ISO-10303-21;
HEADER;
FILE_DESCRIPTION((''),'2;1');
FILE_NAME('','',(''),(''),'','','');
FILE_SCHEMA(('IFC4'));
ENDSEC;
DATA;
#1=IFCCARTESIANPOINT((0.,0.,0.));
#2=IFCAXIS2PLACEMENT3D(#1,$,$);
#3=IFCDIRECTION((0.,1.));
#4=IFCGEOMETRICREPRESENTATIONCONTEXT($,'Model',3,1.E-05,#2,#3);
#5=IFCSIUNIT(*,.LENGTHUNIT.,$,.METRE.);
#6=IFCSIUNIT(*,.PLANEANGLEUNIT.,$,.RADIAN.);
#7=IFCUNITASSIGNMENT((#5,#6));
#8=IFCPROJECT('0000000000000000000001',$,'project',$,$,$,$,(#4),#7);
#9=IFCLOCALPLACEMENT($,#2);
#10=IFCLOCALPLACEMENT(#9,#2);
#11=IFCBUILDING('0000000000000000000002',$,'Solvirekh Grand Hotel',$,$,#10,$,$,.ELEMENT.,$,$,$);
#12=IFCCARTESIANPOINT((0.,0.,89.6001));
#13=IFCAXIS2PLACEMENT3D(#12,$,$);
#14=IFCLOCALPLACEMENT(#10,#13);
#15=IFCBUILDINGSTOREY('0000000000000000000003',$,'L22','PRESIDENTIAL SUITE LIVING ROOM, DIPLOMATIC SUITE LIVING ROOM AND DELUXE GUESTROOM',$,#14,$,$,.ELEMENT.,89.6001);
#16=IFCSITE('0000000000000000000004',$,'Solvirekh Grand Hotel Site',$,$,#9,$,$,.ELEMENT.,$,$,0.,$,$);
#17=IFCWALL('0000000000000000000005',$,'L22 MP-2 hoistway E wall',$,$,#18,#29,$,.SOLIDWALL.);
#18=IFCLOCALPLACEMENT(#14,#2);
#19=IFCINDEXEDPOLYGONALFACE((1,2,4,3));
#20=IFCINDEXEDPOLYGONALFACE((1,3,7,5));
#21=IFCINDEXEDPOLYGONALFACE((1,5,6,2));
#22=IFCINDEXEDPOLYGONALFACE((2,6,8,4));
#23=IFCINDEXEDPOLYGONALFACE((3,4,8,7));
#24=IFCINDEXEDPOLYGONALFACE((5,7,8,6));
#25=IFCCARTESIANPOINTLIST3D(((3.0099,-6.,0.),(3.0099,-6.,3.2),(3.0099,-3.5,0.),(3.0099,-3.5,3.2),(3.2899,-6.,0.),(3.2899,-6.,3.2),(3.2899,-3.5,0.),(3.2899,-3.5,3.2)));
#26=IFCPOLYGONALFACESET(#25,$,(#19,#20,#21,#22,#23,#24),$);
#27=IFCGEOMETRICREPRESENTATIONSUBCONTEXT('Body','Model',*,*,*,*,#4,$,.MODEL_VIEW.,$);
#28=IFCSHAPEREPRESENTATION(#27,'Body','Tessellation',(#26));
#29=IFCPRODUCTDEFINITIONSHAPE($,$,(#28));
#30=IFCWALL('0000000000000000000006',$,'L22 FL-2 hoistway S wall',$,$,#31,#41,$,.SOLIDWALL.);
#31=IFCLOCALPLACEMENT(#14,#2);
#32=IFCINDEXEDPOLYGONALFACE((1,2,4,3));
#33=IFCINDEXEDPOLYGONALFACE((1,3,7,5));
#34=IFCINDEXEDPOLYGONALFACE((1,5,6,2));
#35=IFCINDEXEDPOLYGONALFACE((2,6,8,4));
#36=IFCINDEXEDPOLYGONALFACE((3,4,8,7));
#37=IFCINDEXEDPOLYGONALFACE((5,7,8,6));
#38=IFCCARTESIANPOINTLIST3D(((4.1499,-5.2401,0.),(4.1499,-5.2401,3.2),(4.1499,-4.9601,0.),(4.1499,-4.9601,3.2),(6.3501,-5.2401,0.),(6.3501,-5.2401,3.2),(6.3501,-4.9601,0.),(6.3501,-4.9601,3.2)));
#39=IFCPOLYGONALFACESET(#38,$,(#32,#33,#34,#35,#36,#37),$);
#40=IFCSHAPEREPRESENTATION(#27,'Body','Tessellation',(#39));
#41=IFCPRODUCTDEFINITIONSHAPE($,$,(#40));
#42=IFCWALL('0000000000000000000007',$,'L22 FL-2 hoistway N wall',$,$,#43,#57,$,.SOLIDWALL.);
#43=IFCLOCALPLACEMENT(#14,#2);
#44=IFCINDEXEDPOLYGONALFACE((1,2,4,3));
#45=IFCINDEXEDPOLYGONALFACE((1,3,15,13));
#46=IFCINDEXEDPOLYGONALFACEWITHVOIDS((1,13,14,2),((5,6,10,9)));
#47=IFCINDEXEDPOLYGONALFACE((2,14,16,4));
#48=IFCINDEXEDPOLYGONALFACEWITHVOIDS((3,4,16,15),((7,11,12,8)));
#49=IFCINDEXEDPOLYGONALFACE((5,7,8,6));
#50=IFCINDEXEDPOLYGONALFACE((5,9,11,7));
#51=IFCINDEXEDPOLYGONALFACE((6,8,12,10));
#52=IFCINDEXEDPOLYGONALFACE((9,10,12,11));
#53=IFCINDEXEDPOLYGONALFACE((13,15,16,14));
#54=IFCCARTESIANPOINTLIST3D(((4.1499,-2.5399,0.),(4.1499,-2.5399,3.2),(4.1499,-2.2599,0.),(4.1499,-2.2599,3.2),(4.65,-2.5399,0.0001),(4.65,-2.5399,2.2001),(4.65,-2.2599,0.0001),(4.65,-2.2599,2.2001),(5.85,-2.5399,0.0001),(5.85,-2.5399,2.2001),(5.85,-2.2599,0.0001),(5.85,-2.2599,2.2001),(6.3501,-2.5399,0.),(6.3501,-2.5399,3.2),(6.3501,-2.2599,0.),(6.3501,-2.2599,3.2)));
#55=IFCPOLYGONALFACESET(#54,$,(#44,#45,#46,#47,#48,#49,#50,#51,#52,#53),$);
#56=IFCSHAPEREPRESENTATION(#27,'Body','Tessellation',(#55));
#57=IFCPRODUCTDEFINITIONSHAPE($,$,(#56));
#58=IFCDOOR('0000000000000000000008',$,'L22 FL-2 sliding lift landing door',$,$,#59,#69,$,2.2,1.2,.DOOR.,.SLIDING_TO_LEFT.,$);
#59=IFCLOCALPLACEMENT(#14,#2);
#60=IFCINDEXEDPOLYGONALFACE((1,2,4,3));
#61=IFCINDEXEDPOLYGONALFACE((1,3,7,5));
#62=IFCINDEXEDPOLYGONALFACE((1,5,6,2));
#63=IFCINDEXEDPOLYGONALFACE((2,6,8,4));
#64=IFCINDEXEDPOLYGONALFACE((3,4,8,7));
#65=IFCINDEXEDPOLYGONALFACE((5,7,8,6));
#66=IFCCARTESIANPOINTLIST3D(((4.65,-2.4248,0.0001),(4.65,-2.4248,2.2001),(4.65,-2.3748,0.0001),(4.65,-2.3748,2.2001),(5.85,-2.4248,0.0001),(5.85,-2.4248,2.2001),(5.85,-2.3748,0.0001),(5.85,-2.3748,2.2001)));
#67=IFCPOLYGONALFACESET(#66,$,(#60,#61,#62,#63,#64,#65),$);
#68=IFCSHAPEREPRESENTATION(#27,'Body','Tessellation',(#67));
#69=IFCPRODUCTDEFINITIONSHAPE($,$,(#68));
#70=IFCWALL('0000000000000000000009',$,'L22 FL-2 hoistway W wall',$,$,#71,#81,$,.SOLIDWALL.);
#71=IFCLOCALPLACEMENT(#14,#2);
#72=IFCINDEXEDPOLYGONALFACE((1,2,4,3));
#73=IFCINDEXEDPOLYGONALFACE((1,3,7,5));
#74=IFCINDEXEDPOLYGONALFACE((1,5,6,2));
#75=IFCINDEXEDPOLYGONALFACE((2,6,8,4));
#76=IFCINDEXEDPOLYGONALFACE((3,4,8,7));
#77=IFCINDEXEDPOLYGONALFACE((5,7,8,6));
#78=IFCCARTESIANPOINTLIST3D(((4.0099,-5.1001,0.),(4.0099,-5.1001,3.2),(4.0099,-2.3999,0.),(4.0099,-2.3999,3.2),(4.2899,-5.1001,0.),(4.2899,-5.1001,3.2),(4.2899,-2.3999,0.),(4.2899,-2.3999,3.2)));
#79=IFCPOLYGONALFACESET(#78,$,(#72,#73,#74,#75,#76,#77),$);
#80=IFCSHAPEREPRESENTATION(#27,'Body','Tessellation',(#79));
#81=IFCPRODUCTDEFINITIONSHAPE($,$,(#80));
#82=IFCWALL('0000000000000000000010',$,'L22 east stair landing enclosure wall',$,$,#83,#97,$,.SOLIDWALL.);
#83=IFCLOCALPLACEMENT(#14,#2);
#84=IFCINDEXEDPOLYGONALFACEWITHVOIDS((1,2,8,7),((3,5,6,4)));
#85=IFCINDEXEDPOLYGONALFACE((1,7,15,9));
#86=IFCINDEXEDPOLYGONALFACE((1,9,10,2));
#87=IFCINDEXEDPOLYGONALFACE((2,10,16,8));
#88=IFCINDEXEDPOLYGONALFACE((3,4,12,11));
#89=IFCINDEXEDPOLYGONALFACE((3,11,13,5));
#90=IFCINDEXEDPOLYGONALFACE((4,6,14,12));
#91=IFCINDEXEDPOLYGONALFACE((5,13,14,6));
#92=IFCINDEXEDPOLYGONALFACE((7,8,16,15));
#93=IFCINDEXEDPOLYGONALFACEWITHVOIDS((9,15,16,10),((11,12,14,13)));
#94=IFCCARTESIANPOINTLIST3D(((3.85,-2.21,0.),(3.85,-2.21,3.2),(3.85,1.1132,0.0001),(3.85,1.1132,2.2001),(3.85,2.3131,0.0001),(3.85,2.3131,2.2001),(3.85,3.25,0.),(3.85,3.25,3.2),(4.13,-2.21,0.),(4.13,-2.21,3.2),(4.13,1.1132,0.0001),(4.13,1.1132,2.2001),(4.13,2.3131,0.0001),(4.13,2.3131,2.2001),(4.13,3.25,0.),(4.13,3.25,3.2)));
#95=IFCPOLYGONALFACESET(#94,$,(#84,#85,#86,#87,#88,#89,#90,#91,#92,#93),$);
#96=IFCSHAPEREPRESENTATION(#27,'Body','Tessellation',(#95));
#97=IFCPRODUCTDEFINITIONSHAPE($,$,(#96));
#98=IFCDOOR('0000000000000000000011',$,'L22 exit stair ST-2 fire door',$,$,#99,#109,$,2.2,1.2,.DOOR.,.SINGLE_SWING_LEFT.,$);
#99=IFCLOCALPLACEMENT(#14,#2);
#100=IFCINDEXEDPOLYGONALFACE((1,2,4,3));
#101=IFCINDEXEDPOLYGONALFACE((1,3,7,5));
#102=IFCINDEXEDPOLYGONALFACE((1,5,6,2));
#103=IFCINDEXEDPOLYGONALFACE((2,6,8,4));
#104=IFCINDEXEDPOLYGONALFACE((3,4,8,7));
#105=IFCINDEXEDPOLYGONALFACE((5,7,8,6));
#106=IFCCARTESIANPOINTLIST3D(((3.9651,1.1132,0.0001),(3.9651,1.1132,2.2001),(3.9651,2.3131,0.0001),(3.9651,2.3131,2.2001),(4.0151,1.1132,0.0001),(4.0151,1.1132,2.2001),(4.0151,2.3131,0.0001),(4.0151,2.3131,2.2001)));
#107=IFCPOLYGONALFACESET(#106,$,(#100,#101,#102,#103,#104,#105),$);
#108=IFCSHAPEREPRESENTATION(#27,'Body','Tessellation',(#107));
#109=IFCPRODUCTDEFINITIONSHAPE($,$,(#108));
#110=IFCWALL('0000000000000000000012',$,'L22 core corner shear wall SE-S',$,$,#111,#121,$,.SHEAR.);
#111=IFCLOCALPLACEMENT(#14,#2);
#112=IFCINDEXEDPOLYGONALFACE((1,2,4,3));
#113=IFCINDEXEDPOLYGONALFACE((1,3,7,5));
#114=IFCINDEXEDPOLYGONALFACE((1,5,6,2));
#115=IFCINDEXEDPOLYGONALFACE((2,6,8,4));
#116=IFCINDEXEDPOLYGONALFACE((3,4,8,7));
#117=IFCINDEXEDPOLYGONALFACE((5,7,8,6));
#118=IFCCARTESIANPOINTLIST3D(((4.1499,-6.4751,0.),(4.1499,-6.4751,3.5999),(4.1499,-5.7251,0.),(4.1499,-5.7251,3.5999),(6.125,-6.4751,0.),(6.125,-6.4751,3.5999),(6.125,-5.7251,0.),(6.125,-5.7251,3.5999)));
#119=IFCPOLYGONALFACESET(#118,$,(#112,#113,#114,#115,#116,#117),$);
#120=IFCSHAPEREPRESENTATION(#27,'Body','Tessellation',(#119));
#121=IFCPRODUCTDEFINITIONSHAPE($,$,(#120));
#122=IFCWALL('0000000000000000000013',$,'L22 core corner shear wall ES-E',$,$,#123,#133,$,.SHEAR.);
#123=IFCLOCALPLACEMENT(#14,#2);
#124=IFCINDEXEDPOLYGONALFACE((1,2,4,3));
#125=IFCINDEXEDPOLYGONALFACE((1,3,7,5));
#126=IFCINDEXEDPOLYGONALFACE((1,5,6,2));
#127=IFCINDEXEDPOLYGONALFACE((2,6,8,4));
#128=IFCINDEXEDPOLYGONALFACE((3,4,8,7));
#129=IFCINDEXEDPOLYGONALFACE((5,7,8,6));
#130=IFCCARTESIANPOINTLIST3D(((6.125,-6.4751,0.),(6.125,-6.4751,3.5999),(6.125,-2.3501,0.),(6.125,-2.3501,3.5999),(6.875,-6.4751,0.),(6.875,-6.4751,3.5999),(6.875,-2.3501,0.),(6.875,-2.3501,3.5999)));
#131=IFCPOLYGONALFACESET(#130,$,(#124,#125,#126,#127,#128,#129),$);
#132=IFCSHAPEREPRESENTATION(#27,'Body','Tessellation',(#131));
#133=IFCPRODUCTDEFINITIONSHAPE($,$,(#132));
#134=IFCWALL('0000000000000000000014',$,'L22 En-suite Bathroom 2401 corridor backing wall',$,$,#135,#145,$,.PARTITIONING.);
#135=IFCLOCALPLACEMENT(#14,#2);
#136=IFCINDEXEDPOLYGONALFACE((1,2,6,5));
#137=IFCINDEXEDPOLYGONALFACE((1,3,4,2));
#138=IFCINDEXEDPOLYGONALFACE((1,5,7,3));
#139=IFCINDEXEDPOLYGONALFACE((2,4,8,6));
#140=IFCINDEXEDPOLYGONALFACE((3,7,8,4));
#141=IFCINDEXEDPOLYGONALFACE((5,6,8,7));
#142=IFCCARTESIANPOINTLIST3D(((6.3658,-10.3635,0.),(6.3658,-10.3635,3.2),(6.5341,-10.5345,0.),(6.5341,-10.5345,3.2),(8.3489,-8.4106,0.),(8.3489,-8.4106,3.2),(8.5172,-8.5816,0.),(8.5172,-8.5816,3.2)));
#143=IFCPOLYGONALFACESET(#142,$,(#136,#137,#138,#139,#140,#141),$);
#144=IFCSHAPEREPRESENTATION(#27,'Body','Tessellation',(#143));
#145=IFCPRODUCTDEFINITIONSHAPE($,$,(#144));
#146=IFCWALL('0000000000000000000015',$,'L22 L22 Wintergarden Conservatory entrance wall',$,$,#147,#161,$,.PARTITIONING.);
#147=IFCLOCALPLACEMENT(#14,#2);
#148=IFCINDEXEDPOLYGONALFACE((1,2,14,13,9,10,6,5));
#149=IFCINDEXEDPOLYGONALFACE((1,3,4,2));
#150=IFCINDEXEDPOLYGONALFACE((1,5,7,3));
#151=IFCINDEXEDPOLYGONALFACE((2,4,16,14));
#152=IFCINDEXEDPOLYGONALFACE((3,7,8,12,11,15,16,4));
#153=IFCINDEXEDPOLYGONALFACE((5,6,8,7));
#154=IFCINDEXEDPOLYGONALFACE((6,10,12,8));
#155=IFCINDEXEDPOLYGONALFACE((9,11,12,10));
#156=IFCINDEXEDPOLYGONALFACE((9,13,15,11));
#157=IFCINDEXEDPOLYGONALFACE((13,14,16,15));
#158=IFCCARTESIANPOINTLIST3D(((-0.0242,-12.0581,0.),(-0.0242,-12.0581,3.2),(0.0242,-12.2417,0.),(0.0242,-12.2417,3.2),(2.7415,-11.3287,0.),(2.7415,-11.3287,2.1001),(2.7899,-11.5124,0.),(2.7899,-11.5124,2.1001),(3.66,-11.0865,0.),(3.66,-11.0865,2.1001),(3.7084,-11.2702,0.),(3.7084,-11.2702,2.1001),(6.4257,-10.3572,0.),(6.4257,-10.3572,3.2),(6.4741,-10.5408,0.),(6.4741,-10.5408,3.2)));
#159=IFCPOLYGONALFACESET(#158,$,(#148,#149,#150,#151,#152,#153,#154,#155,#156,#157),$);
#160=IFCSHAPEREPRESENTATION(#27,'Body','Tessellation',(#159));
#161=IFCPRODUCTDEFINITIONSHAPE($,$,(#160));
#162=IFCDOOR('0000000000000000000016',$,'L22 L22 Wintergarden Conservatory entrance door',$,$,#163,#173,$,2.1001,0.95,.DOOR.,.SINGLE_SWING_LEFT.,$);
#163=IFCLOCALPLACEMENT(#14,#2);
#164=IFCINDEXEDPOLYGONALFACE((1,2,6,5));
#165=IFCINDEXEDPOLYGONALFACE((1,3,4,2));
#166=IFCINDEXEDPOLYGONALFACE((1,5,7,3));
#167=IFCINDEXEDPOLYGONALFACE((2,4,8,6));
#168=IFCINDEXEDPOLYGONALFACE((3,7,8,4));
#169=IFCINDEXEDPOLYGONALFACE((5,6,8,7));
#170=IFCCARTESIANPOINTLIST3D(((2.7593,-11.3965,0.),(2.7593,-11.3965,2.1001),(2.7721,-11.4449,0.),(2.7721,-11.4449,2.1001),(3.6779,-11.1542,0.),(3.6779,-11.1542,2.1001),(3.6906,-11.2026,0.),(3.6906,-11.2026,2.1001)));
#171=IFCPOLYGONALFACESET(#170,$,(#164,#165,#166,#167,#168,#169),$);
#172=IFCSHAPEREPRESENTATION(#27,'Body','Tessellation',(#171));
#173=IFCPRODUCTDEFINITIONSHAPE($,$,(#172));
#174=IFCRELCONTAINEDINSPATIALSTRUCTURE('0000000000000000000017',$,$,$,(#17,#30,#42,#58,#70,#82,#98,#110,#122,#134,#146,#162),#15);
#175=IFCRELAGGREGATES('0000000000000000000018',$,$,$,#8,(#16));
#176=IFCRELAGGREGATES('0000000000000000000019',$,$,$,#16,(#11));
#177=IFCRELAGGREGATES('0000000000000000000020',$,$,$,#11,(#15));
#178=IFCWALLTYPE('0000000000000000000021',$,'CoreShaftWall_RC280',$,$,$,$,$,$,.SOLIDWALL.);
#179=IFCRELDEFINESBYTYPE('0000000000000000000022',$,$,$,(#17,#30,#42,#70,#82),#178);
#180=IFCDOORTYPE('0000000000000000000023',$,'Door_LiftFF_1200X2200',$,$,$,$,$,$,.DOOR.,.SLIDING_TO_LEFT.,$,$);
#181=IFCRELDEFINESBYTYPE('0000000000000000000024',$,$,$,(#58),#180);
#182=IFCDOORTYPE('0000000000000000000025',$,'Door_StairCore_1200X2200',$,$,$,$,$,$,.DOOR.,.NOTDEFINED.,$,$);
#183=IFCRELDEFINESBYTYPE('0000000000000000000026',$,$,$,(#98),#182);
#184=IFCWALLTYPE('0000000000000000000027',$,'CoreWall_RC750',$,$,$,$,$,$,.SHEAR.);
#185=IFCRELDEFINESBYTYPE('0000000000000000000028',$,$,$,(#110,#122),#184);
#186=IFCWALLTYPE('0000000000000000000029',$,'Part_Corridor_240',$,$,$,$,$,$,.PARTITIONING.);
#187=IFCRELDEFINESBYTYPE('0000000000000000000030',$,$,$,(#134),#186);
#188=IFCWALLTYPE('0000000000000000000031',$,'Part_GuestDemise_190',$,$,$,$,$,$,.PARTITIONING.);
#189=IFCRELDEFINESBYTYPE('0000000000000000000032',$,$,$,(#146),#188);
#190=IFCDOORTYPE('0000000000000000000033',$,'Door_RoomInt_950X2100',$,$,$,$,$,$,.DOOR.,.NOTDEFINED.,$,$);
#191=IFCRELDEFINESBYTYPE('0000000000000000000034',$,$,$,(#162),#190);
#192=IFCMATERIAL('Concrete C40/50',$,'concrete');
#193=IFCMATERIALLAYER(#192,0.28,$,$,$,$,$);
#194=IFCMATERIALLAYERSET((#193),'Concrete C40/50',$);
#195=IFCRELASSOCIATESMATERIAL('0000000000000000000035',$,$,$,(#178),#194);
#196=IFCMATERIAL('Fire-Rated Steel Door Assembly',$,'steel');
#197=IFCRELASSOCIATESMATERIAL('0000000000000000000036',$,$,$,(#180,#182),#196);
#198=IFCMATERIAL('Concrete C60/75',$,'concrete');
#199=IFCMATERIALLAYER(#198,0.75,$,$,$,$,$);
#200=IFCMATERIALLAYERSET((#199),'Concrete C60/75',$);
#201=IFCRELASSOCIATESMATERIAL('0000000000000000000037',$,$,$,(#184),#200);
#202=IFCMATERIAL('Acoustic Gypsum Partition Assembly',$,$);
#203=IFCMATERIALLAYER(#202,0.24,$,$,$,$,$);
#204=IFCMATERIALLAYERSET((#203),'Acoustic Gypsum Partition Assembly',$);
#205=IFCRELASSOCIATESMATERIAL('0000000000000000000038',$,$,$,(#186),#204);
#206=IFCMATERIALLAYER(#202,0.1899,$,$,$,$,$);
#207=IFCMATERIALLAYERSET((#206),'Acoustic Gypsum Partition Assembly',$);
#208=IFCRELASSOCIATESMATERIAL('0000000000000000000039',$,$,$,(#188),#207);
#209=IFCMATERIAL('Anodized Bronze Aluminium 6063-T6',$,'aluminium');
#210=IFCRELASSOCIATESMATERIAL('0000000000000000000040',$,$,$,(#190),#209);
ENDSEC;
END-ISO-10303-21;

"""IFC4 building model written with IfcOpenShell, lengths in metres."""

from ifc_helpers import new_model, si_unit, direction, frame, frame_2d, origin, place, context, subcontext, project, spatial, rectangle, extrude, material, layer, layer_set, type_object, element, fill, save


model = new_model("IFC4")

# Units and contexts
model_context = context("Model", 3, precision=1e-05, world=origin(), true_north=direction((0.0, 1.0)))
body_context = subcontext(model_context, "Body", "Model", "MODEL_VIEW")
ifc_project = project(units=[si_unit("LENGTHUNIT", "METRE"), si_unit("PLANEANGLEUNIT", "RADIAN")], contexts=[model_context])

# Site, building, storey
site_placement = place(None, origin())
site = spatial("IfcSite", under=ifc_project, at=site_placement, Name="Solvirekh Grand Hotel Site", CompositionType="ELEMENT", RefElevation=0.0)
building_placement = place(site_placement, origin())
building = spatial("IfcBuilding", under=site, at=building_placement, Name="Solvirekh Grand Hotel", CompositionType="ELEMENT")
storey_placement = place(building_placement, frame((0.0, 0.0, 89.6001)))
storey = spatial("IfcBuildingStorey", under=building, at=storey_placement, Name="L22", Description="PRESIDENTIAL SUITE LIVING ROOM, DIPLOMATIC SUITE LIVING ROOM AND DELUXE GUESTROOM", CompositionType="ELEMENT", Elevation=89.6001)

# Shared definitions
ifc_material_1 = material(Name="Concrete C60/75", Category="concrete")

# Walls
ifc_material_2 = material(Name="Concrete C40/50", Category="concrete")
ifc_layer_1 = layer(ifc_material_2, 0.28)
ifc_layer_set_1 = layer_set([ifc_layer_1], Name="Concrete C40/50")
wall_type_1 = type_object("IfcWallType", Name="CoreShaftWall_RC280", PredefinedType="SOLIDWALL", material=ifc_layer_set_1)
wall_1_placement = place(storey_placement, frame((3.1499, -6.0, 0.0), z_axis=(0.0, 0.0, 1.0), x_axis=(0.0, 1.0, 0.0)))
element("IfcWall", 1, at=wall_1_placement, inside=storey, type_object=wall_type_1, Name="L22 MP-2 hoistway E wall", PredefinedType="SOLIDWALL", context=body_context, shape_type="SweptSolid", body=[
    extrude(rectangle(XDim=2.5, YDim=0.28, at=frame_2d((1.25, 0.0))), origin(), (0.0, 0.0, 1.0), 3.2),
])
wall_2_placement = place(storey_placement, frame((4.1499, -5.1001, 0.0), z_axis=(0.0, 0.0, 1.0), x_axis=(1.0, 0.0, 0.0)))
element("IfcWall", 2, at=wall_2_placement, inside=storey, type_object=wall_type_1, Name="L22 FL-2 hoistway S wall", PredefinedType="SOLIDWALL", context=body_context, shape_type="SweptSolid", body=[
    extrude(rectangle(XDim=2.2002, YDim=0.28, at=frame_2d((1.1001, 0.0))), origin(), (0.0, 0.0, 1.0), 3.2),
])

# Wall, opening, door
wall_3_placement = place(storey_placement, frame((6.3501, -2.3999, 0.0), z_axis=(0.0, 0.0, 1.0), x_axis=(-1.0, 0.0, 0.0)))
wall_3 = element("IfcWall", 3, at=wall_3_placement, inside=storey, type_object=wall_type_1, Name="L22 FL-2 hoistway N wall", PredefinedType="SOLIDWALL", context=body_context, shape_type="SweptSolid", body=[
    extrude(rectangle(XDim=2.2002, YDim=0.28, at=frame_2d((1.1001, 0.0))), origin(), (0.0, 0.0, 1.0), 3.2),
])
opening_1_placement = place(wall_3_placement, frame((0.5, 0.0, 0.0)))
opening_1 = element("IfcOpeningElement", 4, at=opening_1_placement, cuts=wall_3, PredefinedType="OPENING", context=body_context, shape_type="SweptSolid", body=[
    extrude(rectangle(XDim=1.2, YDim=2.2, at=frame_2d((0.6001, 1.1001))), frame((0.0, 0.1499, 0.0), z_axis=(0.0, -1.0, 0.0), x_axis=(1.0, 0.0, 0.0)), (0.0, 0.0, 1.0), 0.3),
])
ifc_material_3 = material(Name="Fire-Rated Steel Door Assembly", Category="steel")
door_type_1 = type_object("IfcDoorType", Name="Door_LiftFF_1200X2200", OperationType="SLIDING_TO_LEFT", PredefinedType="DOOR", material=ifc_material_3)
door_1_placement = place(opening_1_placement, origin())
door_1 = element("IfcDoor", 5, at=door_1_placement, inside=storey, type_object=door_type_1, Name="L22 FL-2 sliding lift landing door", OperationType="SLIDING_TO_LEFT", OverallHeight=2.2, OverallWidth=1.2, PredefinedType="DOOR", context=body_context, shape_type="SweptSolid", body=[
    extrude(rectangle(XDim=1.2, YDim=2.2, at=frame_2d((0.6001, 1.1001))), frame((0.0, 0.0249, 0.0), z_axis=(0.0, -1.0, 0.0), x_axis=(1.0, 0.0, 0.0)), (0.0, 0.0, 1.0), 0.05),
])
fill(opening_1, door_1)

# Wall
wall_4_placement = place(storey_placement, frame((4.1499, -2.3999, 0.0), z_axis=(0.0, 0.0, 1.0), x_axis=(0.0, -1.0, 0.0)))
element("IfcWall", 6, at=wall_4_placement, inside=storey, type_object=wall_type_1, Name="L22 FL-2 hoistway W wall", PredefinedType="SOLIDWALL", context=body_context, shape_type="SweptSolid", body=[
    extrude(rectangle(XDim=2.7002, YDim=0.28, at=frame_2d((1.3501, 0.0))), origin(), (0.0, 0.0, 1.0), 3.2),
])

# Wall, opening, door
wall_5_placement = place(storey_placement, frame((3.99, -2.21, 0.0), z_axis=(0.0, 0.0, 1.0), x_axis=(0.0, 1.0, 0.0)))
wall_5 = element("IfcWall", 7, at=wall_5_placement, inside=storey, type_object=wall_type_1, Name="L22 east stair landing enclosure wall", PredefinedType="SOLIDWALL", context=body_context, shape_type="SweptSolid", body=[
    extrude(rectangle(XDim=5.46, YDim=0.28, at=frame_2d((2.73, 0.0))), origin(), (0.0, 0.0, 1.0), 3.2),
])
opening_2_placement = place(wall_5_placement, frame((3.323, 0.0, 0.0)))
opening_2 = element("IfcOpeningElement", 8, at=opening_2_placement, cuts=wall_5, PredefinedType="OPENING", context=body_context, shape_type="SweptSolid", body=[
    extrude(rectangle(XDim=1.2, YDim=2.2, at=frame_2d((0.6001, 1.1001))), frame((0.0, 0.1499, 0.0), z_axis=(0.0, -1.0, 0.0), x_axis=(1.0, 0.0, 0.0)), (0.0, 0.0, 1.0), 0.3),
])
door_type_2 = type_object("IfcDoorType", Name="Door_StairCore_1200X2200", OperationType="NOTDEFINED", PredefinedType="DOOR", material=ifc_material_3)
door_2_placement = place(opening_2_placement, origin())
door_2 = element("IfcDoor", 9, at=door_2_placement, inside=storey, type_object=door_type_2, Name="L22 exit stair ST-2 fire door", OperationType="SINGLE_SWING_LEFT", OverallHeight=2.2, OverallWidth=1.2, PredefinedType="DOOR", context=body_context, shape_type="SweptSolid", body=[
    extrude(rectangle(XDim=1.2, YDim=2.2, at=frame_2d((0.6001, 1.1001))), frame((0.0, 0.0249, 0.0), z_axis=(0.0, -1.0, 0.0), x_axis=(1.0, 0.0, 0.0)), (0.0, 0.0, 1.0), 0.05),
])
fill(opening_2, door_2)

# Walls
ifc_layer_2 = layer(ifc_material_1, 0.75)
ifc_layer_set_2 = layer_set([ifc_layer_2], Name="Concrete C60/75")
wall_type_2 = type_object("IfcWallType", Name="CoreWall_RC750", PredefinedType="SHEAR", material=ifc_layer_set_2)
wall_6_placement = place(storey_placement, frame((4.1499, -6.1001, 0.0), z_axis=(0.0, 0.0, 1.0), x_axis=(1.0, 0.0, 0.0)))
element("IfcWall", 10, at=wall_6_placement, inside=storey, type_object=wall_type_2, Name="L22 core corner shear wall SE-S", PredefinedType="SHEAR", context=body_context, shape_type="SweptSolid", body=[
    extrude(rectangle(XDim=1.9751, YDim=0.75, at=frame_2d((0.9875, 0.0))), origin(), (0.0, 0.0, 1.0), 3.5999),
])
wall_7_placement = place(storey_placement, frame((6.5, -6.4751, 0.0), z_axis=(0.0, 0.0, 1.0), x_axis=(0.0, 1.0, 0.0)))
element("IfcWall", 11, at=wall_7_placement, inside=storey, type_object=wall_type_2, Name="L22 core corner shear wall ES-E", PredefinedType="SHEAR", context=body_context, shape_type="SweptSolid", body=[
    extrude(rectangle(XDim=4.125, YDim=0.75, at=frame_2d((2.0625, 0.0))), origin(), (0.0, 0.0, 1.0), 3.5999),
])
ifc_material_4 = material(Name="Acoustic Gypsum Partition Assembly")
ifc_layer_3 = layer(ifc_material_4, 0.24)
ifc_layer_set_3 = layer_set([ifc_layer_3], Name="Acoustic Gypsum Partition Assembly")
wall_type_3 = type_object("IfcWallType", Name="Part_Corridor_240", PredefinedType="PARTITIONING", material=ifc_layer_set_3)
wall_8_placement = place(storey_placement, frame((6.45, -10.449, 0.0), z_axis=(0.0, 0.0, 1.0), x_axis=(0.712524, 0.701647, 0.0)))
element("IfcWall", 12, at=wall_8_placement, inside=storey, type_object=wall_type_3, Name="L22 En-suite Bathroom 2401 corridor backing wall", PredefinedType="PARTITIONING", context=body_context, shape_type="SweptSolid", body=[
    extrude(rectangle(XDim=2.7832, YDim=0.24, at=frame_2d((1.3916, 0.0))), origin(), (0.0, 0.0, 1.0), 3.2),
])

# Wall, opening, door
ifc_layer_4 = layer(ifc_material_4, 0.1899)
ifc_layer_set_4 = layer_set([ifc_layer_4], Name="Acoustic Gypsum Partition Assembly")
wall_type_4 = type_object("IfcWallType", Name="Part_GuestDemise_190", PredefinedType="PARTITIONING", material=ifc_layer_set_4)
wall_9_placement = place(storey_placement, frame((0.0, -12.1499, 0.0), z_axis=(0.0, 0.0, 1.0), x_axis=(0.966943, 0.254994, 0.0)))
wall_9 = element("IfcWall", 13, at=wall_9_placement, inside=storey, type_object=wall_type_4, Name="L22 L22 Wintergarden Conservatory entrance wall", PredefinedType="PARTITIONING", context=body_context, shape_type="SweptSolid", body=[
    extrude(rectangle(XDim=6.6704, YDim=0.1899, at=frame_2d((3.3352, 0.0))), origin(), (0.0, 0.0, 1.0), 3.2),
])
opening_3_placement = place(wall_9_placement, frame((2.8601, 0.0, 0.0)))
opening_3 = element("IfcOpeningElement", 14, at=opening_3_placement, cuts=wall_9, PredefinedType="OPENING", context=body_context, shape_type="SweptSolid", body=[
    extrude(rectangle(XDim=0.95, YDim=2.1001, at=frame_2d((0.4751, 1.05))), frame((0.0, 0.105, 0.0), z_axis=(0.0, -1.0, 0.0), x_axis=(1.0, 0.0, 0.0)), (0.0, 0.0, 1.0), 0.21),
])
ifc_material_5 = material(Name="Anodized Bronze Aluminium 6063-T6", Category="aluminium")
door_type_3 = type_object("IfcDoorType", Name="Door_RoomInt_950X2100", OperationType="NOTDEFINED", PredefinedType="DOOR", material=ifc_material_5)
door_3_placement = place(opening_3_placement, origin())
door_3 = element("IfcDoor", 15, at=door_3_placement, inside=storey, type_object=door_type_3, Name="L22 L22 Wintergarden Conservatory entrance door", OperationType="SINGLE_SWING_LEFT", OverallHeight=2.1001, OverallWidth=0.95, PredefinedType="DOOR", context=body_context, shape_type="SweptSolid", body=[
    extrude(rectangle(XDim=0.95, YDim=2.1001, at=frame_2d((0.4751, 1.05))), frame((0.0, 0.0249, 0.0), z_axis=(0.0, -1.0, 0.0), x_axis=(1.0, 0.0, 0.0)), (0.0, 0.0, 1.0), 0.05),
])
fill(opening_3, door_3)

save(model, "model.ifc")
